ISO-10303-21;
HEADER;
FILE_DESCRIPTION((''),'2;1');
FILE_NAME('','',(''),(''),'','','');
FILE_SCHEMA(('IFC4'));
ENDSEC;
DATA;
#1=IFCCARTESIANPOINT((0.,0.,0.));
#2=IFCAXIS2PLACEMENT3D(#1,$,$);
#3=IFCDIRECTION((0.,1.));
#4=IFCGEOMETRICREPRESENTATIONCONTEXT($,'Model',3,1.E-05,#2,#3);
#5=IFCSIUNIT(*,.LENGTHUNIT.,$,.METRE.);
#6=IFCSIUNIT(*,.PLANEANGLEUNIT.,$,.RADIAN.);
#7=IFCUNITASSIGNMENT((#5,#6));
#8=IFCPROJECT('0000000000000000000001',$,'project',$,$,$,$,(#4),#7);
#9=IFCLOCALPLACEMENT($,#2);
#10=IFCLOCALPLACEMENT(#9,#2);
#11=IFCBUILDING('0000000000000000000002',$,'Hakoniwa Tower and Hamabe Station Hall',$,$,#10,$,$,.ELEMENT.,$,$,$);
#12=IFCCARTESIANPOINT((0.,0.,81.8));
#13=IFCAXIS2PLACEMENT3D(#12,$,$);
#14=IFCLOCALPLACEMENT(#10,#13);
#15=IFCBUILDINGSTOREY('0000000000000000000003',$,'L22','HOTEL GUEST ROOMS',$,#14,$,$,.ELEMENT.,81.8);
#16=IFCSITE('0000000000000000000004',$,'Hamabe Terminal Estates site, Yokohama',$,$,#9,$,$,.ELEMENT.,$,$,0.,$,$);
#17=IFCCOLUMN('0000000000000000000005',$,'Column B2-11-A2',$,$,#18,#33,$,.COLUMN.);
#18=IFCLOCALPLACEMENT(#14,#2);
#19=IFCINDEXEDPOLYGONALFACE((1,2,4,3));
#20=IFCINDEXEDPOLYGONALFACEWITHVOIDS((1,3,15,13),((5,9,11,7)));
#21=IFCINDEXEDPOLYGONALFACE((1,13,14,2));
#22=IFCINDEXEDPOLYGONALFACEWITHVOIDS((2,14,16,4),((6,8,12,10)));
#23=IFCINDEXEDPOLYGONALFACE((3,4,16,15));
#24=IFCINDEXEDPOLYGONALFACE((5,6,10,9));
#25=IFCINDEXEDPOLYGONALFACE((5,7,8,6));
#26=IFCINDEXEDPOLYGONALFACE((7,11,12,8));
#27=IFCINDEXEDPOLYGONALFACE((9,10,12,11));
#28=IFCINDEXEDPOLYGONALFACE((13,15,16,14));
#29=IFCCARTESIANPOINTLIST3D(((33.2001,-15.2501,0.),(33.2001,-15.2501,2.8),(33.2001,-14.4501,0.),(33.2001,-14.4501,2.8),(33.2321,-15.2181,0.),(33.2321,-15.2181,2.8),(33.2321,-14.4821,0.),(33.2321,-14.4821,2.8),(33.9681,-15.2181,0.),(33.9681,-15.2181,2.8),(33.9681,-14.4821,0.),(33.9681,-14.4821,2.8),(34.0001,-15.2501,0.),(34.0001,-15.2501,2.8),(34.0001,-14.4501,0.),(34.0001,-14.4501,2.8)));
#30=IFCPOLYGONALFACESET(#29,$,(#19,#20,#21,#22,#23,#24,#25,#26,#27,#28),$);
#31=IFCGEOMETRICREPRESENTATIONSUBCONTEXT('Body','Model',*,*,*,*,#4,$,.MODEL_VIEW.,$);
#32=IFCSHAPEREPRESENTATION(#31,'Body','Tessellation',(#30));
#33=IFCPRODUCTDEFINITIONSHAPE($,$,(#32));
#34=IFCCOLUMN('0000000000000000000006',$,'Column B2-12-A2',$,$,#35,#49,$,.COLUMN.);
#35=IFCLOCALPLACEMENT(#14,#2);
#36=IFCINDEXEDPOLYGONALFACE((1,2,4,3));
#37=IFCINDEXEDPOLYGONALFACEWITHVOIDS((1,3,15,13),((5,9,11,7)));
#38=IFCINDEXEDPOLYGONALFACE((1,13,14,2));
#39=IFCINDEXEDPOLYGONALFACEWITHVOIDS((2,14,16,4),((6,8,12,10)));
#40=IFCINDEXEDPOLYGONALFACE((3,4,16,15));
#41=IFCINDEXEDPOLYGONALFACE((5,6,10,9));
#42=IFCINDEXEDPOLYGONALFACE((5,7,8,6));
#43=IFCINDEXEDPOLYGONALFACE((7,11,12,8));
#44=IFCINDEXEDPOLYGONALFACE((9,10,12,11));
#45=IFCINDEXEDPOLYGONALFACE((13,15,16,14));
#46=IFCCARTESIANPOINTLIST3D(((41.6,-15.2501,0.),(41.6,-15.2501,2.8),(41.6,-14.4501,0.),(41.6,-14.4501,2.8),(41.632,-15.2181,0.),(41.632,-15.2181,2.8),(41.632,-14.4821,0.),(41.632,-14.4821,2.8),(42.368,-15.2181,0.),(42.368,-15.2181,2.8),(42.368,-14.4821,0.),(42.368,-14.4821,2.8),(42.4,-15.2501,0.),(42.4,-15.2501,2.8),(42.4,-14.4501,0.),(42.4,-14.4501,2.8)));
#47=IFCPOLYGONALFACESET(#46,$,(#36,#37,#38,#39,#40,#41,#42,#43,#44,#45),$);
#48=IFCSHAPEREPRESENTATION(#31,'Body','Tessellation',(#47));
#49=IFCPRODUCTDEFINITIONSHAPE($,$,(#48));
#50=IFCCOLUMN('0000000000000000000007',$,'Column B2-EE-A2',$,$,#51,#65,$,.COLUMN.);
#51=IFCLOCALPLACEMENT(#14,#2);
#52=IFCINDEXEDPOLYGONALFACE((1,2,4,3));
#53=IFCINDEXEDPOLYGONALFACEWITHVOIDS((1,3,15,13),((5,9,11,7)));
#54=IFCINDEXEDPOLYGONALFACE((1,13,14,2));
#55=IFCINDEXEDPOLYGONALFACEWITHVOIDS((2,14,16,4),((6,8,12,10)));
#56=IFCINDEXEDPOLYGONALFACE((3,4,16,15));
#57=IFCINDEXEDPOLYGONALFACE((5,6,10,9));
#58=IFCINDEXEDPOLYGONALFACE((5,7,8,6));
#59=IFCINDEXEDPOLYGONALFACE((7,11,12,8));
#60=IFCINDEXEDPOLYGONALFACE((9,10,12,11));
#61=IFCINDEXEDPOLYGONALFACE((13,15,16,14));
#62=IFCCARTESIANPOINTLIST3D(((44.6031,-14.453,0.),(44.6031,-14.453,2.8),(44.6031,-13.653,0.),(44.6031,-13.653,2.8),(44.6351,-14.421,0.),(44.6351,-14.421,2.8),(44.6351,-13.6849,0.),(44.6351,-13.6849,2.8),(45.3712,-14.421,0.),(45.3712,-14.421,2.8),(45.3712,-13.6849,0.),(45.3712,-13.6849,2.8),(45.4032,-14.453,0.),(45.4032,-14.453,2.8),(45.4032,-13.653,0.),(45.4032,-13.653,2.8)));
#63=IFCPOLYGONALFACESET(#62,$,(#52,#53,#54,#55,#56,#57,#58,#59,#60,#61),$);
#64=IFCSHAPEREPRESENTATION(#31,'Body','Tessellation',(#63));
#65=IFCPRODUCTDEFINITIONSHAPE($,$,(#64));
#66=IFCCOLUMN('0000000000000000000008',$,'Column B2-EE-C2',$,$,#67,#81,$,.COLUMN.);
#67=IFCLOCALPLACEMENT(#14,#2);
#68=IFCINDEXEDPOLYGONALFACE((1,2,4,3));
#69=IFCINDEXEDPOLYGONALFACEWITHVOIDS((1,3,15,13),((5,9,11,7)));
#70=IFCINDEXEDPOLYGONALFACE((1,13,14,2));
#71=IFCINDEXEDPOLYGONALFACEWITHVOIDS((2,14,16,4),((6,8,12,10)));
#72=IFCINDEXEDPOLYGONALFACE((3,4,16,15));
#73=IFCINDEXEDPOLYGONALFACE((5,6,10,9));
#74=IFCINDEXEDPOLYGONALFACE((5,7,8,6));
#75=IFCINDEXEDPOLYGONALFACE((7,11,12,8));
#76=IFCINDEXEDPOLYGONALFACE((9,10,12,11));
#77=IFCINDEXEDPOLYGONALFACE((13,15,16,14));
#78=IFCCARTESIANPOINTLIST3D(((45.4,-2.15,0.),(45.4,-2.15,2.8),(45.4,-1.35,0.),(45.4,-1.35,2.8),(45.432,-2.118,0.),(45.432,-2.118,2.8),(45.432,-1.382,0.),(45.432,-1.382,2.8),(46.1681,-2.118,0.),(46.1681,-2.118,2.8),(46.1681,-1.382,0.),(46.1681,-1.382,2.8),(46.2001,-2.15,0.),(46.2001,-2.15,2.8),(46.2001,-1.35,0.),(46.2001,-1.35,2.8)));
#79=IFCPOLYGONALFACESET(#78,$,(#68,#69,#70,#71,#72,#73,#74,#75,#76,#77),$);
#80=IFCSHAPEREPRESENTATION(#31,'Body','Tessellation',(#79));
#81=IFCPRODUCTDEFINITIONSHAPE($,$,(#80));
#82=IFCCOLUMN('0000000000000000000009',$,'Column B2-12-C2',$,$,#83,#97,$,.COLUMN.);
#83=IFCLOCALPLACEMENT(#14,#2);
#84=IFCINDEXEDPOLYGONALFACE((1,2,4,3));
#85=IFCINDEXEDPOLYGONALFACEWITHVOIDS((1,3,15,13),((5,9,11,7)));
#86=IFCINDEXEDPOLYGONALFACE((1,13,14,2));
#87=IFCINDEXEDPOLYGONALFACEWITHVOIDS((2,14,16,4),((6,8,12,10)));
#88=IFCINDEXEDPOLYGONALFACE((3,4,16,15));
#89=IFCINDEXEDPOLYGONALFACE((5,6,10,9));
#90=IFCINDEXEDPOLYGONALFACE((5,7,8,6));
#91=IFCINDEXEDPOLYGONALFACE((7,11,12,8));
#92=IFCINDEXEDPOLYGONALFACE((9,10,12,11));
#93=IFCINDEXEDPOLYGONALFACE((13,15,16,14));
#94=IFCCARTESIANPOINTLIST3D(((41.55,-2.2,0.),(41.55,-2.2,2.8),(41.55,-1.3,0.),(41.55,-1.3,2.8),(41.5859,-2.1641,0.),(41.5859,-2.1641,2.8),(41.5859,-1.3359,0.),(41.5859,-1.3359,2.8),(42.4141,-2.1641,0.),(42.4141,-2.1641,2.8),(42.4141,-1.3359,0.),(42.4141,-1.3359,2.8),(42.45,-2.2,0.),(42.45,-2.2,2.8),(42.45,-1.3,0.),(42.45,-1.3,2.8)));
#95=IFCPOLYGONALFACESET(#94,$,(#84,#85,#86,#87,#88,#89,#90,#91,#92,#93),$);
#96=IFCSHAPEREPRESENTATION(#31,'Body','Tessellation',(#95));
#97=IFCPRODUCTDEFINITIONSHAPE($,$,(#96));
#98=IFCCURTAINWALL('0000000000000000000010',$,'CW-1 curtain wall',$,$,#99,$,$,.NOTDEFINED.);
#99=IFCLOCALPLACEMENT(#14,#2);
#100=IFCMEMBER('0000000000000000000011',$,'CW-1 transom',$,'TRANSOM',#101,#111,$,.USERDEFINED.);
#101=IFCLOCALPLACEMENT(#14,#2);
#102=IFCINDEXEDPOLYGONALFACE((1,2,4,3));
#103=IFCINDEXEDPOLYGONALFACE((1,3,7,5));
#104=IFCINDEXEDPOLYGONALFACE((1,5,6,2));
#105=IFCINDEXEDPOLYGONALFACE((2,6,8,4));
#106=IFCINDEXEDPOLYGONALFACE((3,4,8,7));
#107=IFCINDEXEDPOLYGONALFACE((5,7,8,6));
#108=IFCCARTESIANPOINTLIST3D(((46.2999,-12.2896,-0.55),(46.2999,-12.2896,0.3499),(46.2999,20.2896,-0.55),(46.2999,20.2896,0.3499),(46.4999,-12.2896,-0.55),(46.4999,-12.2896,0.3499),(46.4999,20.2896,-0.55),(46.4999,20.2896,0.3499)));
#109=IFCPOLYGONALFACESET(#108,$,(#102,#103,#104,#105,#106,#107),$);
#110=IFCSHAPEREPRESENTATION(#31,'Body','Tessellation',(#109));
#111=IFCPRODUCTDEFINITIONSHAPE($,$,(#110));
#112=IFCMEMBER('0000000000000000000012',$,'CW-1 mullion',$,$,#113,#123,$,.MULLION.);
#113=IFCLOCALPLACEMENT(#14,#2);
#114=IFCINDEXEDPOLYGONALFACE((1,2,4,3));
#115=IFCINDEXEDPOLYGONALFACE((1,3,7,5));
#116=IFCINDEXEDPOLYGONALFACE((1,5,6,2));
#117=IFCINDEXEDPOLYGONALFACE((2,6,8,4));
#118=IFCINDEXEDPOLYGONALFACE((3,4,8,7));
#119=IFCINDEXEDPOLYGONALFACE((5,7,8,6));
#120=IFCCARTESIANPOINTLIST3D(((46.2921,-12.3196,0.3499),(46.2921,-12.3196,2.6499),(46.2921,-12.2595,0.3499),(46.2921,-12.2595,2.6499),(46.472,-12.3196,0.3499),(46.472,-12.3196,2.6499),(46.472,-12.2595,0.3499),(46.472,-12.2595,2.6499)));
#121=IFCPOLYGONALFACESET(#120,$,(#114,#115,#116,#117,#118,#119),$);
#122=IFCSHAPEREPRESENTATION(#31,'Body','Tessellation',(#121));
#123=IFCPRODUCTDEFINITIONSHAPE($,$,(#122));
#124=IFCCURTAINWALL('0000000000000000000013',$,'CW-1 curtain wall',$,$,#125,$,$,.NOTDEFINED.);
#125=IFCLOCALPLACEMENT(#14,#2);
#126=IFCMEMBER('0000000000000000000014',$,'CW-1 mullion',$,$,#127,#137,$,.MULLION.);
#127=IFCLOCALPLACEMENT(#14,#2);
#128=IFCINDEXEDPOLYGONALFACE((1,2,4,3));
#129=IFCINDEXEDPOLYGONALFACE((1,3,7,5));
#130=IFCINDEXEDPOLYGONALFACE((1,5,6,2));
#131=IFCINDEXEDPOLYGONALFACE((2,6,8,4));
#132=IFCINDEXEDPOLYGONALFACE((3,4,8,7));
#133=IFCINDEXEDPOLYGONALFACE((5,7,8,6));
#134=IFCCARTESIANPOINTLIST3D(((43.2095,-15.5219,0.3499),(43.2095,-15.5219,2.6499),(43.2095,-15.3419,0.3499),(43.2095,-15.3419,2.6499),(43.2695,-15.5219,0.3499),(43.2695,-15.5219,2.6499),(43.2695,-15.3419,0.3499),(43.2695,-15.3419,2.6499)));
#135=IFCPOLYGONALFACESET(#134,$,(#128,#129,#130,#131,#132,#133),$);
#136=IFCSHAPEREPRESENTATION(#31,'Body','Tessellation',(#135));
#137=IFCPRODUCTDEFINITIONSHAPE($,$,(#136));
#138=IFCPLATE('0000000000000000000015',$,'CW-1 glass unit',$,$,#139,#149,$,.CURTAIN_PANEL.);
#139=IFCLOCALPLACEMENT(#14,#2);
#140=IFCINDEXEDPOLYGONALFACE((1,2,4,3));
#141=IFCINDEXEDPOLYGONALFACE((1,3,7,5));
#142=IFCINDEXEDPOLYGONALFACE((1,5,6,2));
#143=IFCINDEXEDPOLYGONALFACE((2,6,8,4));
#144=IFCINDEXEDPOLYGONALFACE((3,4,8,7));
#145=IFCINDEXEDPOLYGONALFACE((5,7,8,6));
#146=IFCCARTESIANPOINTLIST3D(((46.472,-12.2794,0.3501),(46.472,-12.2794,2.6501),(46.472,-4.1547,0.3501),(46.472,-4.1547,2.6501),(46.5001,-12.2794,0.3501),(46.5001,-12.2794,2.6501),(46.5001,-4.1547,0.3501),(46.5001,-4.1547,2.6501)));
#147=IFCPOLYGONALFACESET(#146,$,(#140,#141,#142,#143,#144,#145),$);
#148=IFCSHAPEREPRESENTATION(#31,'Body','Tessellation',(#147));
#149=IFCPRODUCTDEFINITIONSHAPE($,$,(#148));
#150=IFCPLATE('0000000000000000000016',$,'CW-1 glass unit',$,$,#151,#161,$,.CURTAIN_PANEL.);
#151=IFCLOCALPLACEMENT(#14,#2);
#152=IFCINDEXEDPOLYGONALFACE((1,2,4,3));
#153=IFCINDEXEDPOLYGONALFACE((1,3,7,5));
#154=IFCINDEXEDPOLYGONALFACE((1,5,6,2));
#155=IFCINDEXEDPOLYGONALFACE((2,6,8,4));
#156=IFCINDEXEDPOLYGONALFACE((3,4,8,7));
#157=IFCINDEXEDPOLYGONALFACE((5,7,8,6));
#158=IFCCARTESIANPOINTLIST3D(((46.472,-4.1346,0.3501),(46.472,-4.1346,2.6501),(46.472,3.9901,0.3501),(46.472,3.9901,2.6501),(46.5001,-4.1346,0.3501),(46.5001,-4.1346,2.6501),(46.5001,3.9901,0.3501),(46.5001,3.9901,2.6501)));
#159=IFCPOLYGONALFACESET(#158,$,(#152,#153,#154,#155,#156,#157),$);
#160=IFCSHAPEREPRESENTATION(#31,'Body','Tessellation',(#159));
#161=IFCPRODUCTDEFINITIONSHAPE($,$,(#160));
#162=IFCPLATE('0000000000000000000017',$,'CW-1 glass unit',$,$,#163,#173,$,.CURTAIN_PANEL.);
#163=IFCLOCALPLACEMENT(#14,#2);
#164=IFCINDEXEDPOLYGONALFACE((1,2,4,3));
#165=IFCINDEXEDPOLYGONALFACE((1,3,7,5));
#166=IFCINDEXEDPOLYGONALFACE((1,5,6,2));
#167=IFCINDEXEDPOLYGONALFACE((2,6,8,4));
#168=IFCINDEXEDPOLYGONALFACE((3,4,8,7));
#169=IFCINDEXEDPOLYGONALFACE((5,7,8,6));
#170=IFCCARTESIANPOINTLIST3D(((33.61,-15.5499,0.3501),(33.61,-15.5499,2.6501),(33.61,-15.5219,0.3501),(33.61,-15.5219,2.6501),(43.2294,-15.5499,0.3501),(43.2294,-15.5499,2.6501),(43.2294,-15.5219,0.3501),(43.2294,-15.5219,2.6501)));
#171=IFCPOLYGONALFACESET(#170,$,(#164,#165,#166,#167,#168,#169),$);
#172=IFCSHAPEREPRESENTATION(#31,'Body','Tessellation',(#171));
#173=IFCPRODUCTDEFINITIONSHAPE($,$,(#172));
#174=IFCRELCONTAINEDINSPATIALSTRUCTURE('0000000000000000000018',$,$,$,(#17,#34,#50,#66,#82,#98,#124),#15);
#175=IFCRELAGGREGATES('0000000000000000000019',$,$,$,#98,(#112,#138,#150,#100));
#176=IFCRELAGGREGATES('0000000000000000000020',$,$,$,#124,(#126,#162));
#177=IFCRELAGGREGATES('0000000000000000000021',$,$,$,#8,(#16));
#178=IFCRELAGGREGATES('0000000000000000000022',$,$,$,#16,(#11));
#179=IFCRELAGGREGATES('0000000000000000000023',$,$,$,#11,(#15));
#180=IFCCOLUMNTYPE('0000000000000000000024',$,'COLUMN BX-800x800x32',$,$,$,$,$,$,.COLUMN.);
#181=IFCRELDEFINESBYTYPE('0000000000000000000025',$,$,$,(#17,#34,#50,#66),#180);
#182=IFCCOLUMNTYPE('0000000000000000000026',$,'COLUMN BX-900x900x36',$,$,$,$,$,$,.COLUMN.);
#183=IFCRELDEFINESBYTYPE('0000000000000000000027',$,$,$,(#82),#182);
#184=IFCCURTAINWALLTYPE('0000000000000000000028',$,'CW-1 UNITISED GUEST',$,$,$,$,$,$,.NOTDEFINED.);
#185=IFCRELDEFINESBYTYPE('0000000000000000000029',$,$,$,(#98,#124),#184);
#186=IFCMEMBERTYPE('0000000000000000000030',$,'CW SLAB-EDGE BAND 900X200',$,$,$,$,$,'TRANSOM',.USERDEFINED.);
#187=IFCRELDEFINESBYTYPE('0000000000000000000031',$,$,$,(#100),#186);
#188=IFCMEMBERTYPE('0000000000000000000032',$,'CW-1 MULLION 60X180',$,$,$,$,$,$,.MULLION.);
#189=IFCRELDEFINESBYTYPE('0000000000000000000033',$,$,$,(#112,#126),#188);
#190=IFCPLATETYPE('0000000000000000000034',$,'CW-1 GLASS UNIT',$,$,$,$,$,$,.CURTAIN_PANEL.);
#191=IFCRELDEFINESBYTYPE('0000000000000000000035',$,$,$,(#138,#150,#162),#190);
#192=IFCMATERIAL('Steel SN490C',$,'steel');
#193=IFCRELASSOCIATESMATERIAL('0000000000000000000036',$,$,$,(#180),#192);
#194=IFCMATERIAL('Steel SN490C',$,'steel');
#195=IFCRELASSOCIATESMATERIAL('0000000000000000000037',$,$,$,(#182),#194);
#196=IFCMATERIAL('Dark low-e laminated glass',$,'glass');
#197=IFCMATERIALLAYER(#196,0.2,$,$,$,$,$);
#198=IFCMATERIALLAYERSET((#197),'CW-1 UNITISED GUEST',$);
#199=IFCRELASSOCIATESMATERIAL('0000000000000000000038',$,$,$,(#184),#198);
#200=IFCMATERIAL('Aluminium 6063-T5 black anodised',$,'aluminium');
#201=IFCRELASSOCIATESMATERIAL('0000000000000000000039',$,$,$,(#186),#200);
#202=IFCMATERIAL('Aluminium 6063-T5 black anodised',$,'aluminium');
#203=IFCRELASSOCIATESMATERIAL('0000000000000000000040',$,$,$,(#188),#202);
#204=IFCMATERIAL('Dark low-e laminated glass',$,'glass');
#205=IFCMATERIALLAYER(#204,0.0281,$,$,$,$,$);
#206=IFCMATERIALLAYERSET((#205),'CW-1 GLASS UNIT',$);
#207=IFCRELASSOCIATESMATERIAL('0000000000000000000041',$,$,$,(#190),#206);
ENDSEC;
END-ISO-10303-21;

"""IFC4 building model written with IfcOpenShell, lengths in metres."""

from ifc_helpers import new_model, si_unit, direction, frame, origin, origin_2d, place, context, subcontext, project, spatial, rectangle, hollow_rectangle, extrude, material, layer, layer_set, material_profile, profile_set, type_object, element, aggregate, save


model = new_model("IFC4")

# Units and contexts
model_context = context("Model", 3, precision=1e-05, world=origin(), true_north=direction((0.0, 1.0)))
body_context = subcontext(model_context, "Body", "Model", "MODEL_VIEW")
ifc_project = project(units=[si_unit("LENGTHUNIT", "METRE"), si_unit("PLANEANGLEUNIT", "RADIAN")], contexts=[model_context])

# Site, building, storey
site_placement = place(None, origin())
site = spatial("IfcSite", under=ifc_project, at=site_placement, Name="Hamabe Terminal Estates site, Yokohama", CompositionType="ELEMENT", RefElevation=0.0)
building_placement = place(site_placement, origin())
building = spatial("IfcBuilding", under=site, at=building_placement, Name="Hakoniwa Tower and Hamabe Station Hall", CompositionType="ELEMENT")
storey_placement = place(building_placement, frame((0.0, 0.0, 81.8)))
storey = spatial("IfcBuildingStorey", under=building, at=storey_placement, Name="L22", Description="HOTEL GUEST ROOMS", CompositionType="ELEMENT", Elevation=81.8)

# Columns
ifc_material_1 = material(Name="Steel SN490C", Category="steel")
ifc_material_profile_1 = material_profile(ifc_material_1, hollow_rectangle(XDim=0.8, YDim=0.8, WallThickness=0.032, at=origin_2d()), Name="BX-800x800x32")
ifc_profile_set_1 = profile_set([ifc_material_profile_1], Name="Steel SN490C")
column_type_1 = type_object("IfcColumnType", Name="COLUMN BX-800x800x32", PredefinedType="COLUMN", material=ifc_profile_set_1)
for number, where, z_axis, x_axis, name in (
    (1, (33.6001, -14.8501, 0.0), (0.0, 0.0, 1.0), (1.0, 0.0, 0.0), "Column B2-11-A2"),
    (2, (42.0, -14.8501, 0.0), (0.0, 0.0, 1.0), (1.0, 0.0, 0.0), "Column B2-12-A2"),
    (3, (45.0032, -14.053, 0.0), (0.0, 0.0, 1.0), (1.0, 0.0, 0.0), "Column B2-EE-A2"),
    (4, (45.8, -1.75, 0.0), (0.0, 0.0, 1.0), (1.0, 0.0, 0.0), "Column B2-EE-C2"),
):
    element("IfcColumn", number, at=place(storey_placement, frame(where, z_axis=z_axis, x_axis=x_axis)), inside=storey, type_object=column_type_1, Name=name, PredefinedType="COLUMN", context=body_context, shape_type="SweptSolid", body=[
        extrude(hollow_rectangle(XDim=0.8, YDim=0.8, WallThickness=0.032, at=origin_2d()), origin(), (0.0, 0.0, 1.0), 2.8),
    ])
ifc_material_2 = material(Name="Steel SN490C", Category="steel")
ifc_material_profile_2 = material_profile(ifc_material_2, hollow_rectangle(XDim=0.8999, YDim=0.8999, WallThickness=0.0359, at=origin_2d()), Name="BX-900x900x36")
ifc_profile_set_2 = profile_set([ifc_material_profile_2], Name="Steel SN490C")
column_type_2 = type_object("IfcColumnType", Name="COLUMN BX-900x900x36", PredefinedType="COLUMN", material=ifc_profile_set_2)
column_placement = place(storey_placement, frame((42.0, -1.75, 0.0), z_axis=(0.0, 0.0, 1.0), x_axis=(1.0, 0.0, 0.0)))
element("IfcColumn", 5, at=column_placement, inside=storey, type_object=column_type_2, Name="Column B2-12-C2", PredefinedType="COLUMN", context=body_context, shape_type="SweptSolid", body=[
    extrude(hollow_rectangle(XDim=0.8999, YDim=0.8999, WallThickness=0.0359, at=origin_2d()), origin(), (0.0, 0.0, 1.0), 2.8),
])

# Curtain wall, members
ifc_material_3 = material(Name="Dark low-e laminated glass", Category="glass")
ifc_layer_1 = layer(ifc_material_3, 0.2)
ifc_layer_set_1 = layer_set([ifc_layer_1], Name="CW-1 UNITISED GUEST")
curtain_wall_type = type_object("IfcCurtainWallType", Name="CW-1 UNITISED GUEST", PredefinedType="NOTDEFINED", material=ifc_layer_set_1)
curtain_wall_1_placement = place(storey_placement, origin())
curtain_wall_1 = element("IfcCurtainWall", 6, at=curtain_wall_1_placement, inside=storey, type_object=curtain_wall_type, Name="CW-1 curtain wall", PredefinedType="NOTDEFINED")
ifc_material_4 = material(Name="Aluminium 6063-T5 black anodised", Category="aluminium")
ifc_material_profile_3 = material_profile(ifc_material_4, rectangle(XDim=0.2, YDim=0.8999, at=origin_2d()), Name="CW SLAB-EDGE BAND 900X200")
ifc_profile_set_3 = profile_set([ifc_material_profile_3], Name="Aluminium 6063-T5 black anodised")
member_type_1 = type_object("IfcMemberType", Name="CW SLAB-EDGE BAND 900X200", ElementType="TRANSOM", PredefinedType="USERDEFINED", material=ifc_profile_set_3)
member_1_placement = place(storey_placement, frame((46.3999, -12.2896, -0.1001), z_axis=(0.0, 1.0, 0.0), x_axis=(-1.0, 0.0, 0.0)))
member_1 = element("IfcMember", 7, at=member_1_placement, type_object=member_type_1, Name="CW-1 transom", ObjectType="TRANSOM", PredefinedType="USERDEFINED", context=body_context, shape_type="SweptSolid", body=[
    extrude(rectangle(XDim=0.2, YDim=0.8999, at=origin_2d()), origin(), (0.0, 0.0, 1.0), 32.5791),
])
ifc_material_5 = material(Name="Aluminium 6063-T5 black anodised", Category="aluminium")
ifc_material_profile_4 = material_profile(ifc_material_5, rectangle(XDim=0.0601, YDim=0.1799, at=origin_2d()), Name="CW-1 MULLION 60X180")
ifc_profile_set_4 = profile_set([ifc_material_profile_4], Name="Aluminium 6063-T5 black anodised")
member_type_2 = type_object("IfcMemberType", Name="CW-1 MULLION 60X180", PredefinedType="MULLION", material=ifc_profile_set_4)
member_2_placement = place(storey_placement, frame((46.3821, -12.2896, 0.3499), z_axis=(0.0, 0.0, 1.0), x_axis=(0.0, 1.0, 0.0)))
member_2 = element("IfcMember", 8, at=member_2_placement, type_object=member_type_2, Name="CW-1 mullion", PredefinedType="MULLION", context=body_context, shape_type="SweptSolid", body=[
    extrude(rectangle(XDim=0.0601, YDim=0.1799, at=origin_2d()), origin(), (0.0, 0.0, 1.0), 2.3),
])

# Curtain wall, member
curtain_wall_2_placement = place(storey_placement, origin())
curtain_wall_2 = element("IfcCurtainWall", 9, at=curtain_wall_2_placement, inside=storey, type_object=curtain_wall_type, Name="CW-1 curtain wall", PredefinedType="NOTDEFINED")
member_3_placement = place(storey_placement, frame((43.2395, -15.4319, 0.3499), z_axis=(0.0, 0.0, 1.0), x_axis=(1.0, 0.0, 0.0)))
member_3 = element("IfcMember", 10, at=member_3_placement, type_object=member_type_2, Name="CW-1 mullion", PredefinedType="MULLION", context=body_context, shape_type="SweptSolid", body=[
    extrude(rectangle(XDim=0.0601, YDim=0.1799, at=origin_2d()), origin(), (0.0, 0.0, 1.0), 2.3),
])

# Plates
ifc_material_6 = material(Name="Dark low-e laminated glass", Category="glass")
ifc_layer_2 = layer(ifc_material_6, 0.0281)
ifc_layer_set_2 = layer_set([ifc_layer_2], Name="CW-1 GLASS UNIT")
plate_type = type_object("IfcPlateType", Name="CW-1 GLASS UNIT", PredefinedType="CURTAIN_PANEL", material=ifc_layer_set_2)
plate_1_placement = place(storey_placement, frame((46.4861, -8.217, 0.3501), z_axis=(0.0, 0.0, 1.0), x_axis=(0.0, 1.0, 0.0)))
plate_1 = element("IfcPlate", 11, at=plate_1_placement, type_object=plate_type, Name="CW-1 glass unit", PredefinedType="CURTAIN_PANEL", context=body_context, shape_type="SweptSolid", body=[
    extrude(rectangle(XDim=8.1248, YDim=0.0281, at=origin_2d()), origin(), (0.0, 0.0, 1.0), 2.3),
])
plate_2_placement = place(storey_placement, frame((46.4861, -0.0723, 0.3501), z_axis=(0.0, 0.0, 1.0), x_axis=(0.0, 1.0, 0.0)))
plate_2 = element("IfcPlate", 12, at=plate_2_placement, type_object=plate_type, Name="CW-1 glass unit", PredefinedType="CURTAIN_PANEL", context=body_context, shape_type="SweptSolid", body=[
    extrude(rectangle(XDim=8.1248, YDim=0.0281, at=origin_2d()), origin(), (0.0, 0.0, 1.0), 2.3),
])
aggregate(curtain_wall_1, [member_2, plate_1, plate_2, member_1])
plate_3_placement = place(storey_placement, frame((38.4197, -15.5359, 0.3501), z_axis=(0.0, 0.0, 1.0), x_axis=(1.0, 0.0, 0.0)))
plate_3 = element("IfcPlate", 13, at=plate_3_placement, type_object=plate_type, Name="CW-1 glass unit", PredefinedType="CURTAIN_PANEL", context=body_context, shape_type="SweptSolid", body=[
    extrude(rectangle(XDim=9.6194, YDim=0.0281, at=origin_2d()), origin(), (0.0, 0.0, 1.0), 2.3),
])
aggregate(curtain_wall_2, [member_3, plate_3])

save(model, "model.ifc")
